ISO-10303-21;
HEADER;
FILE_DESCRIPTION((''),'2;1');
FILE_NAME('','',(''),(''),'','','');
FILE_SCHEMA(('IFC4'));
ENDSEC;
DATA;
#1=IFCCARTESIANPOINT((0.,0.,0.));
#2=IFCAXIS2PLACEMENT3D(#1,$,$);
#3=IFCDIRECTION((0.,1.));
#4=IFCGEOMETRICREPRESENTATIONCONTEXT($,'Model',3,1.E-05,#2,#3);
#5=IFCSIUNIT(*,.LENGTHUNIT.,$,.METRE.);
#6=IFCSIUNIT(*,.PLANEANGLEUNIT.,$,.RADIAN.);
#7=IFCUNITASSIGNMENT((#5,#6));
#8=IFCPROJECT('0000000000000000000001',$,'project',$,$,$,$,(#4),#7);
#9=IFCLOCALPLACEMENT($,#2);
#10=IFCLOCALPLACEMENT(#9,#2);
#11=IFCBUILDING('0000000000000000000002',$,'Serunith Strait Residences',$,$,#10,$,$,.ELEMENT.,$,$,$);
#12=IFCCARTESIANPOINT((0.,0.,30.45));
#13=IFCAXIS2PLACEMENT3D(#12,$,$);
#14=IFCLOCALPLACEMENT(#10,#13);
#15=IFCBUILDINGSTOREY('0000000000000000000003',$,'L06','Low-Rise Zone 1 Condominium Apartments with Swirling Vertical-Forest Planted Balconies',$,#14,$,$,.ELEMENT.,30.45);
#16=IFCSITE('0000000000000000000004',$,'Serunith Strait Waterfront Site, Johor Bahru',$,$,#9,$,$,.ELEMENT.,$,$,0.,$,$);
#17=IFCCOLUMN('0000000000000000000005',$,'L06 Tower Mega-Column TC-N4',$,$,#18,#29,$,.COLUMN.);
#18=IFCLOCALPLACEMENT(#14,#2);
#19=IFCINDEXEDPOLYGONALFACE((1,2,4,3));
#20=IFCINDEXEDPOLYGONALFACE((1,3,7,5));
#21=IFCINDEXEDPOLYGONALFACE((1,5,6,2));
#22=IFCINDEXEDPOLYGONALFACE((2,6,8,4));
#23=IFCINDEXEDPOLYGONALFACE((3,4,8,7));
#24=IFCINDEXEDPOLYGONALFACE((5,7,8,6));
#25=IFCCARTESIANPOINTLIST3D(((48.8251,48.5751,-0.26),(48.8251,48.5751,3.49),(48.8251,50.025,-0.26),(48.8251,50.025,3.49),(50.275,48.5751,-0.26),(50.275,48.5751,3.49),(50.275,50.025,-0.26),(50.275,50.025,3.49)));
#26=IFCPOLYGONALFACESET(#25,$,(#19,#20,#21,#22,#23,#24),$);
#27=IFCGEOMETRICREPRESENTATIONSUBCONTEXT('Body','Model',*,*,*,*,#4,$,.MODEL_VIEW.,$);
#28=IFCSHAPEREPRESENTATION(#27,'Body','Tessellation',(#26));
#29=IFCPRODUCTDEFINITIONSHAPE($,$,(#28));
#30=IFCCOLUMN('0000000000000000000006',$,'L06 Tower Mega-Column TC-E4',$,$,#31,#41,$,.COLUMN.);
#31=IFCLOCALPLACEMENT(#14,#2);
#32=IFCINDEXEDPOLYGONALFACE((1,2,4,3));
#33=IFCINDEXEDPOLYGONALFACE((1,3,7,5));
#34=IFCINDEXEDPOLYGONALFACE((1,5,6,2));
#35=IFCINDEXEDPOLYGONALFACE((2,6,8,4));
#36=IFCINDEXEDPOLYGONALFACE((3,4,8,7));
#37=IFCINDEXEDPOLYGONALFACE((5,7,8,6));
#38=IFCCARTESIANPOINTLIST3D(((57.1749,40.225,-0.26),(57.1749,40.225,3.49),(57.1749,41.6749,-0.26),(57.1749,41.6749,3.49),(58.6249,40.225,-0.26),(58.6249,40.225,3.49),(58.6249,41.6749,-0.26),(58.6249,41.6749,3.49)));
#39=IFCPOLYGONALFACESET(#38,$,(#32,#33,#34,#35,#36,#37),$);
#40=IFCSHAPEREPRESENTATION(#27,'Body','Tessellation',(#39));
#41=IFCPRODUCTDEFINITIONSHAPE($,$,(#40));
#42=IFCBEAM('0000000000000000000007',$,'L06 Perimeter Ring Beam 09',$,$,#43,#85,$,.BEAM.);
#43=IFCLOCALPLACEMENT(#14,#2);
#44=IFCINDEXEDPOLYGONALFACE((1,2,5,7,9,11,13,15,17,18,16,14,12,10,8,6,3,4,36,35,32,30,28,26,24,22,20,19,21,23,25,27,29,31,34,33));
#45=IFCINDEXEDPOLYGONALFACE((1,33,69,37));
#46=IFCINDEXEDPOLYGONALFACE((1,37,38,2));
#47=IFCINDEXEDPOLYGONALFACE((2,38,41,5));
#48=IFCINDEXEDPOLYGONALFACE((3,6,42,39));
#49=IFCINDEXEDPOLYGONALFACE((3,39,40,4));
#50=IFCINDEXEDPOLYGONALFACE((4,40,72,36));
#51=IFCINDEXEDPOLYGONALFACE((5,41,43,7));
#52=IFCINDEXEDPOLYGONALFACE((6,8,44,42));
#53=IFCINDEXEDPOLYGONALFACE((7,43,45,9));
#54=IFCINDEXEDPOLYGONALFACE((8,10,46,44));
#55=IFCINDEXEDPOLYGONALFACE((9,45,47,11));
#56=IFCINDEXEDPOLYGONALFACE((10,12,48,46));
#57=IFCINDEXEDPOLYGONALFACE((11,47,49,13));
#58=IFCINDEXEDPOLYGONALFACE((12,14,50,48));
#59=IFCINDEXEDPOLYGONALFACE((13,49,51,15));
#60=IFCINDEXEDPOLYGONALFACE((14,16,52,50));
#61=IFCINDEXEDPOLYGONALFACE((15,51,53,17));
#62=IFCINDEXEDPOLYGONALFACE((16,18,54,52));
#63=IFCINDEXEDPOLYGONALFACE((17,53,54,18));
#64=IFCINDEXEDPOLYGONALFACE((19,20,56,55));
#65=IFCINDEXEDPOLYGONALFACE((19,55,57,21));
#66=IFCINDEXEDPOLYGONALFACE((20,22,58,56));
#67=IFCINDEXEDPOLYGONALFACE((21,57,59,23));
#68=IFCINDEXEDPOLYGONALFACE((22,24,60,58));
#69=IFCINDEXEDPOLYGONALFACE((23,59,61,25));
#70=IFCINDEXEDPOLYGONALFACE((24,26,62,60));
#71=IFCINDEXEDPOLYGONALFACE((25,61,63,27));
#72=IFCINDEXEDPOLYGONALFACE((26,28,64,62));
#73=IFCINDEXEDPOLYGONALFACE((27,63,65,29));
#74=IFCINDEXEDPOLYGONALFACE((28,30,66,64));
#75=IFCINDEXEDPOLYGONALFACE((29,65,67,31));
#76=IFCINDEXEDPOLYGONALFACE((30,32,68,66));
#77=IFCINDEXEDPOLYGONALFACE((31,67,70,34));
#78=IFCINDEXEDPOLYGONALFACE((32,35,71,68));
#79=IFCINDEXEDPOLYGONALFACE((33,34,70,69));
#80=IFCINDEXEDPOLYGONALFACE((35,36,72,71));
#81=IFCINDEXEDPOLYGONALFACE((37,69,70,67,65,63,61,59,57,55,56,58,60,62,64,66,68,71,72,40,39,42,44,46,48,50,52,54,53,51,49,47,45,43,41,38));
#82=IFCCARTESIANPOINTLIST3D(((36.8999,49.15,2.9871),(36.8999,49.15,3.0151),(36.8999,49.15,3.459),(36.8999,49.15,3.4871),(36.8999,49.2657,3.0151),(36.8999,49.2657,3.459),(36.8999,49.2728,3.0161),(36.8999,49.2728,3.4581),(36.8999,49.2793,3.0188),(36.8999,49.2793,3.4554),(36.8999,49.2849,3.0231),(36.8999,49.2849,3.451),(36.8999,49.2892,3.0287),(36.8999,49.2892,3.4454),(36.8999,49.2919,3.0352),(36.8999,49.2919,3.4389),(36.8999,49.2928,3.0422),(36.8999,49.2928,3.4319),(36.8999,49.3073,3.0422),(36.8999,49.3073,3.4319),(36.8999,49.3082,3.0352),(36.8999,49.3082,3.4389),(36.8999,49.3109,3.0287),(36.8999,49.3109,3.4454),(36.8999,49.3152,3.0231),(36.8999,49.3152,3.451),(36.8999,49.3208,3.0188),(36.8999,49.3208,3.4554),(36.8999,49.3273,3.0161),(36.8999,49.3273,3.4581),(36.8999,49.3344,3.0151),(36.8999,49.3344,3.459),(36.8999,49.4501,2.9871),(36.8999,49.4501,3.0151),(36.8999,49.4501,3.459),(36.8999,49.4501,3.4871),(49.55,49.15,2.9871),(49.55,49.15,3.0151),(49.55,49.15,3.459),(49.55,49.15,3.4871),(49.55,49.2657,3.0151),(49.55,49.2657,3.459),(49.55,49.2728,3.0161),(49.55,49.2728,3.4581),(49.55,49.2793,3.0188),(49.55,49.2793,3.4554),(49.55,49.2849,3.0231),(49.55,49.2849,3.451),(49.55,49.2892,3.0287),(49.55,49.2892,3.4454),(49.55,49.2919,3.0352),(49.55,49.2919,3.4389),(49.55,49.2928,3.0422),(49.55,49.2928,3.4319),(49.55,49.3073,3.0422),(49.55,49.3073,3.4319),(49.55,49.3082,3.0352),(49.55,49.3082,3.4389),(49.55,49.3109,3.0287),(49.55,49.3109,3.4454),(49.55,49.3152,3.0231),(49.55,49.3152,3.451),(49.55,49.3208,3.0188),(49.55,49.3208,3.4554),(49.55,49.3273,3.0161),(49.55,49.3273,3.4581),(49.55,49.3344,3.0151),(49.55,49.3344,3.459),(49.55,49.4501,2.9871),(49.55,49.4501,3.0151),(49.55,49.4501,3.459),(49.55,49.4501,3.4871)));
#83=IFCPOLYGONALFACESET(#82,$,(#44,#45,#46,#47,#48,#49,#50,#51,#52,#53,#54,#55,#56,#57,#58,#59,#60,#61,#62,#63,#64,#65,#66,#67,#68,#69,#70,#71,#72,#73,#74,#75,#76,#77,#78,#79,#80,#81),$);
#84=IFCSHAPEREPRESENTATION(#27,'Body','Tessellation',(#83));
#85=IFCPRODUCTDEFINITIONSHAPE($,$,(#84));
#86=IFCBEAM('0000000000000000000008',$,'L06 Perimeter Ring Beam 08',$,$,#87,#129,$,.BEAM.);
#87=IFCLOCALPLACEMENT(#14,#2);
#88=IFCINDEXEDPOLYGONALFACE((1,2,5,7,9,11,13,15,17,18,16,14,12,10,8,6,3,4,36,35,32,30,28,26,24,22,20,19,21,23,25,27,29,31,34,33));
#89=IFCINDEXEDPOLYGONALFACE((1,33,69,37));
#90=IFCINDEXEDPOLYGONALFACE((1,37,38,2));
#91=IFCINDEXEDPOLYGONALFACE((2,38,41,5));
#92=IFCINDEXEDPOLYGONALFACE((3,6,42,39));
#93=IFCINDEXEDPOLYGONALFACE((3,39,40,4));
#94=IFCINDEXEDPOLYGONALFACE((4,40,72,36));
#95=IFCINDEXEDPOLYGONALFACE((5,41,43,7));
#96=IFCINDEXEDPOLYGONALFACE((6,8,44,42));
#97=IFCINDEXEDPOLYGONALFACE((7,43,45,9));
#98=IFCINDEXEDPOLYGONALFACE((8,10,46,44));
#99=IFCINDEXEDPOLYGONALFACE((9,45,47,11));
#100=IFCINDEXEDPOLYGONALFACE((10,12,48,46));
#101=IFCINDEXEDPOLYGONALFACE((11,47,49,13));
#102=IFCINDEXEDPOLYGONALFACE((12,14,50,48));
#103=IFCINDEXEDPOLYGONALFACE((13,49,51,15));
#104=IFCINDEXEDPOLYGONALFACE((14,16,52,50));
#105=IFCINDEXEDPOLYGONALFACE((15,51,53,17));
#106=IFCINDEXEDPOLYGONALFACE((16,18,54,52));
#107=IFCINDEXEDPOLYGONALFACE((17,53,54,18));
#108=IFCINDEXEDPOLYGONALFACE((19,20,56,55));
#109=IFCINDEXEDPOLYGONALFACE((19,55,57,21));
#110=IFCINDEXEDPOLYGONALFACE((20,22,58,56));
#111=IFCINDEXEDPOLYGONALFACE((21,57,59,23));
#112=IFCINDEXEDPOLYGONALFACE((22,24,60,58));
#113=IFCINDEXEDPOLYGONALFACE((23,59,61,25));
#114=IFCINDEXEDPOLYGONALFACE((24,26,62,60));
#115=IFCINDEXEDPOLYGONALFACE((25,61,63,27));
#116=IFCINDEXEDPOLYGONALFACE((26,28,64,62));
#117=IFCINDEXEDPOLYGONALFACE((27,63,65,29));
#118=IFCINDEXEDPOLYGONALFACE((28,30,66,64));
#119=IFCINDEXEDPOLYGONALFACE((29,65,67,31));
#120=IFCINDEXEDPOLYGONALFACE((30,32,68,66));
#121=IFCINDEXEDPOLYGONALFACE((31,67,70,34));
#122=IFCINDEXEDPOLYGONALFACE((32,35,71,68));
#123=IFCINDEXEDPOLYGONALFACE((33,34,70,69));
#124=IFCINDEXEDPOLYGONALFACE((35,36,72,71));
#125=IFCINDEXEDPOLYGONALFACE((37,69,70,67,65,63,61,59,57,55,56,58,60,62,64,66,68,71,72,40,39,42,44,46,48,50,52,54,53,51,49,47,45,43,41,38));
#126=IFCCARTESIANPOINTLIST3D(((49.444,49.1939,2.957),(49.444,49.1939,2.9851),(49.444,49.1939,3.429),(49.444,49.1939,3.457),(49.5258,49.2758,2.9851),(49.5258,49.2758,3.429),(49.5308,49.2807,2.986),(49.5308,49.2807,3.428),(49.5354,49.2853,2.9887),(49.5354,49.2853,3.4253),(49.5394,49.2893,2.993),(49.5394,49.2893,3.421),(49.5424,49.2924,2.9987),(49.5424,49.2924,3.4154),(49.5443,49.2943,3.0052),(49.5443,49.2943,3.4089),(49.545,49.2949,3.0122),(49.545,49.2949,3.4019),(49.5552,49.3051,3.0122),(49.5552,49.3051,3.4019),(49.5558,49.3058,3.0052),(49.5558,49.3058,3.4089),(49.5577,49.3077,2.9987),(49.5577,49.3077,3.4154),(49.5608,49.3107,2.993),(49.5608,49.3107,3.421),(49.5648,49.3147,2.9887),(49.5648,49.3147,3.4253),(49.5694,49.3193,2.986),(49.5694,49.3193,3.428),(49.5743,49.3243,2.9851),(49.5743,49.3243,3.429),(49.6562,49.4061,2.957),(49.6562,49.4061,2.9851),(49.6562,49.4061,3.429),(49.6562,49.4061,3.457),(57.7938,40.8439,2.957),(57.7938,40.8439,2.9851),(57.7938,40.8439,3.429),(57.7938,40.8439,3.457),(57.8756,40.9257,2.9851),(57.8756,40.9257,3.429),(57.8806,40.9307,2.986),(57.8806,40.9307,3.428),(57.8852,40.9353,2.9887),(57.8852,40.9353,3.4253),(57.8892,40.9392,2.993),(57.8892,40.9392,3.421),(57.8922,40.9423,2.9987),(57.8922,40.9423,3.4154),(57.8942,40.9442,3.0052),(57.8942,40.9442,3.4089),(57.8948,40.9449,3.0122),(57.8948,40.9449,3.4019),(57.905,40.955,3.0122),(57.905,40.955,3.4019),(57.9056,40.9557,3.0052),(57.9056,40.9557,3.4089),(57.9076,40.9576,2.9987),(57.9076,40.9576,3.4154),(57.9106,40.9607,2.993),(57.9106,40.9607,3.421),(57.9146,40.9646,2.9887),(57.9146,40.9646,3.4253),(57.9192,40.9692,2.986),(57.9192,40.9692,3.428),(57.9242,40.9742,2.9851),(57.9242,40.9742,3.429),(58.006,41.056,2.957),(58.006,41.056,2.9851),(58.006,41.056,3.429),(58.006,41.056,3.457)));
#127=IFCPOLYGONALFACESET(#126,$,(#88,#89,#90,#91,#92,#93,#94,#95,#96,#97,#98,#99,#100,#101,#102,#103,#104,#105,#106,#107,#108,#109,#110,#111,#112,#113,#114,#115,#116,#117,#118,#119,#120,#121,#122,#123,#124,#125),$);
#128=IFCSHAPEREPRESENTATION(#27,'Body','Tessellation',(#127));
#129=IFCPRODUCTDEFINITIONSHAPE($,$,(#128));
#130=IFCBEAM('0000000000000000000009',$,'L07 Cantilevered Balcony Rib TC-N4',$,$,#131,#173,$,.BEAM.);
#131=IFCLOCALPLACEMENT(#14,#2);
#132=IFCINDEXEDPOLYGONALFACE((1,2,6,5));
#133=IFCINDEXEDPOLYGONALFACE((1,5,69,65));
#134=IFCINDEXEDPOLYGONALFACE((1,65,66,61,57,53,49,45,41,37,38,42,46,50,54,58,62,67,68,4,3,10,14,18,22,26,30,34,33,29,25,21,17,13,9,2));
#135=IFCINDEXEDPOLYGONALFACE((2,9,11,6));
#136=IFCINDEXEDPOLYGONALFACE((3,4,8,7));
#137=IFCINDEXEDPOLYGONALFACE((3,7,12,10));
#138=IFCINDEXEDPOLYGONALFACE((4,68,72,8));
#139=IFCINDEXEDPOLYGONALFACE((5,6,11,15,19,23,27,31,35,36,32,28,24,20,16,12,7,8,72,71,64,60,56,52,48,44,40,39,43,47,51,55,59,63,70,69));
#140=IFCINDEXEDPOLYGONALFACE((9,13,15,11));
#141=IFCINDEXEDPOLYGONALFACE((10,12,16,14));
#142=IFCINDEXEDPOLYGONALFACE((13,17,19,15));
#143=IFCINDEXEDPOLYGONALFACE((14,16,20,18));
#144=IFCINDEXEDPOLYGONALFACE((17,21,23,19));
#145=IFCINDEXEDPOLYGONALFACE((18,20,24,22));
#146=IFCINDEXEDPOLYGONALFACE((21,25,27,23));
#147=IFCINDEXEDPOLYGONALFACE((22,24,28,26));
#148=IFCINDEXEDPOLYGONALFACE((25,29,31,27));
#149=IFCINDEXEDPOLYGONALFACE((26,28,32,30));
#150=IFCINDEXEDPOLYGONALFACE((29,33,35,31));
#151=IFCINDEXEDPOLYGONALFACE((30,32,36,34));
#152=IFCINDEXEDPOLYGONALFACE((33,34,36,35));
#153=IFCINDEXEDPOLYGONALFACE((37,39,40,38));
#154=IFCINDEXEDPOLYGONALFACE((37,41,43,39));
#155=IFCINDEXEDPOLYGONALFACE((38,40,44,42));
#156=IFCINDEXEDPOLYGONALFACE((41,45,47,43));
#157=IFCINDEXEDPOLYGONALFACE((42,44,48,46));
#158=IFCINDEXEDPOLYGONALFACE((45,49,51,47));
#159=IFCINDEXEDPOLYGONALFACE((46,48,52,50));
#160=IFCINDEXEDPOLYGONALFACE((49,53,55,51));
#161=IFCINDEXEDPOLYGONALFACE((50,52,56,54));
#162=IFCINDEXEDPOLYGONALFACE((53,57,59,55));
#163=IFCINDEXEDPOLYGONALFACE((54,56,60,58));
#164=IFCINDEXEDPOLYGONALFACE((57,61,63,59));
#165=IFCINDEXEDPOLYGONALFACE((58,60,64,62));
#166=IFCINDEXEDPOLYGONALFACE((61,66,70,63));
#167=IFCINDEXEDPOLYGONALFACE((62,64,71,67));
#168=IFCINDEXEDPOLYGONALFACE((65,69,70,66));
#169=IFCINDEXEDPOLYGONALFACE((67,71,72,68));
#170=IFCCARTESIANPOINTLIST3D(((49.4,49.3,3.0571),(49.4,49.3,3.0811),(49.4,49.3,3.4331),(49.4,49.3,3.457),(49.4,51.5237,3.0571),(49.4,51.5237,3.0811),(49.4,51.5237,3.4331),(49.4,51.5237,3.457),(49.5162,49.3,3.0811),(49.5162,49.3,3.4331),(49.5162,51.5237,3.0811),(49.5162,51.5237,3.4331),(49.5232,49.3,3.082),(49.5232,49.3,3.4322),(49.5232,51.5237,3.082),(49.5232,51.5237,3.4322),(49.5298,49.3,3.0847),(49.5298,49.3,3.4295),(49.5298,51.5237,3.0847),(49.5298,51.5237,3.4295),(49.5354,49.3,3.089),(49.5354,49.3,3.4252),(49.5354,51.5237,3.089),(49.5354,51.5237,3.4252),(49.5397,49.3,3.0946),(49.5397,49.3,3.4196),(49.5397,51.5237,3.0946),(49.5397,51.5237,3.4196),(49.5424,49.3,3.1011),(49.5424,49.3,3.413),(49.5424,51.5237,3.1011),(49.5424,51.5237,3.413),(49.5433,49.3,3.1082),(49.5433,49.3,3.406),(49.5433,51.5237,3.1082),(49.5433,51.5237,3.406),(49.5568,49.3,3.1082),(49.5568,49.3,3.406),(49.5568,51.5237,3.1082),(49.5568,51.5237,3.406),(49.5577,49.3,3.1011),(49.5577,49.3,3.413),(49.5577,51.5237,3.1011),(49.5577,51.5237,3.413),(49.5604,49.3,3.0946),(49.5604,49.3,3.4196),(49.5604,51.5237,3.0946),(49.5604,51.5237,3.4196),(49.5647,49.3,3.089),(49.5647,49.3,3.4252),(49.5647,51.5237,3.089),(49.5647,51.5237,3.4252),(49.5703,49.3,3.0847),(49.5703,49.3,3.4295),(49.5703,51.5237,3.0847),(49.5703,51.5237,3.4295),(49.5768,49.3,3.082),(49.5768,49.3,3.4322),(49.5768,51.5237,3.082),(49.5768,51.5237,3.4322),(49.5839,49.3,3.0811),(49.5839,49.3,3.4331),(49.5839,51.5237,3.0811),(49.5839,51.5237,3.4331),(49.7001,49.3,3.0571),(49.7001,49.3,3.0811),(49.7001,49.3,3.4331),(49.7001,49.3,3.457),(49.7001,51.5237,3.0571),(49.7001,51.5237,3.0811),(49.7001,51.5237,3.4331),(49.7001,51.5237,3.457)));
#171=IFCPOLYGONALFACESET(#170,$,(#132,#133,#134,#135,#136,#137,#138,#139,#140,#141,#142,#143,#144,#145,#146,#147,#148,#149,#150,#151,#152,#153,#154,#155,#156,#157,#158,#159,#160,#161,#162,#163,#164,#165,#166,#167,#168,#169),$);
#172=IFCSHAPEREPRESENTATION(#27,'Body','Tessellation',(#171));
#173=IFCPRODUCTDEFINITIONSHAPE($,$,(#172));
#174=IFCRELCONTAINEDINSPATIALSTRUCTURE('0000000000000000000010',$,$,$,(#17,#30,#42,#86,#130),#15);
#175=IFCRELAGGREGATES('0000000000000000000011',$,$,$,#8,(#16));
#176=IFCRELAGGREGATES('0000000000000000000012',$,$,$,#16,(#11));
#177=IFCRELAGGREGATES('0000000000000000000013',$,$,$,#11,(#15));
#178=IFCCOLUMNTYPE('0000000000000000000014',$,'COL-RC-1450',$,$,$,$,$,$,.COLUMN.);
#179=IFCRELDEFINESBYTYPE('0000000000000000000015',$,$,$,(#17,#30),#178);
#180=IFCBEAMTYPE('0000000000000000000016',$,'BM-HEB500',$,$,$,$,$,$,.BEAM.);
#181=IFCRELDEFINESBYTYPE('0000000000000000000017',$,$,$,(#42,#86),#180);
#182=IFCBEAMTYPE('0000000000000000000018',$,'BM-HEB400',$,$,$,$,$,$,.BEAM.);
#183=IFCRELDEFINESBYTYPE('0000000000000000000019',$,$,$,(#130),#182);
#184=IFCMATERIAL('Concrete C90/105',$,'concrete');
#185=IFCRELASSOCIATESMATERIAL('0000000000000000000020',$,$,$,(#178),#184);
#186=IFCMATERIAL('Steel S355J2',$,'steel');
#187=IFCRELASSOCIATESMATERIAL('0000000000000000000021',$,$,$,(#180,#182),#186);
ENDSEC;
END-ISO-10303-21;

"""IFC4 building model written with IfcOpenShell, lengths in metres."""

from ifc_helpers import new_model, si_unit, direction, frame, origin, origin_2d, place, context, subcontext, project, spatial, rectangle, i_section, extrude, source, transform, mapped, material, material_profile, profile_set, type_object, element, save


model = new_model("IFC4")

# Units and contexts
model_context = context("Model", 3, precision=1e-05, world=origin(), true_north=direction((0.0, 1.0)))
body_context = subcontext(model_context, "Body", "Model", "MODEL_VIEW")
ifc_project = project(units=[si_unit("LENGTHUNIT", "METRE"), si_unit("PLANEANGLEUNIT", "RADIAN")], contexts=[model_context])

# Site, building, storey
site_placement = place(None, origin())
site = spatial("IfcSite", under=ifc_project, at=site_placement, Name="Serunith Strait Waterfront Site, Johor Bahru", CompositionType="ELEMENT", RefElevation=0.0)
building_placement = place(site_placement, origin())
building = spatial("IfcBuilding", under=site, at=building_placement, Name="Serunith Strait Residences", CompositionType="ELEMENT")
storey_placement = place(building_placement, frame((0.0, 0.0, 30.45)))
storey = spatial("IfcBuildingStorey", under=building, at=storey_placement, Name="L06", Description="Low-Rise Zone 1 Condominium Apartments with Swirling Vertical-Forest Planted Balconies", CompositionType="ELEMENT", Elevation=30.45)

# Columns
ifc_material_1 = material(Name="Concrete C90/105", Category="concrete")
ifc_material_profile_1 = material_profile(ifc_material_1, rectangle(XDim=1.45, YDim=1.45, at=origin_2d()), Name="RC 1450x1450")
ifc_profile_set_1 = profile_set([ifc_material_profile_1], Name="Concrete C90/105")
column_type = type_object("IfcColumnType", Name="COL-RC-1450", PredefinedType="COLUMN", material=ifc_profile_set_1)
shared_shape_1 = source(origin(), body_context, "Body", "SweptSolid", [
    extrude(rectangle(XDim=1.45, YDim=1.45, at=origin_2d()), origin(), (0.0, 0.0, 1.0), 3.75),
])
for number, where, z_axis, x_axis, name in (
    (1, (49.55, 49.3, -0.26), (0.0, 0.0, 1.0), (1.0, 0.0, 0.0), "L06 Tower Mega-Column TC-N4"),
    (2, (57.8999, 40.95, -0.26), (0.0, 0.0, 1.0), (1.0, 0.0, 0.0), "L06 Tower Mega-Column TC-E4"),
):
    element("IfcColumn", number, at=place(storey_placement, frame(where, z_axis=z_axis, x_axis=x_axis)), inside=storey, type_object=column_type, Name=name, PredefinedType="COLUMN", context=body_context, shape_type="MappedRepresentation", body=[
        mapped(shared_shape_1, transform((0.0, 0.0, 0.0), scale=1.0)),
    ])

# Beams
ifc_material_2 = material(Name="Steel S355J2", Category="steel")
ifc_material_profile_2 = material_profile(ifc_material_2, i_section(OverallWidth=0.3, OverallDepth=0.5, WebThickness=0.0144, FlangeThickness=0.0281, FilletRadius=0.0271, at=origin_2d()), Name="HEB 500")
ifc_profile_set_2 = profile_set([ifc_material_profile_2], Name="Steel S355J2")
beam_type_1 = type_object("IfcBeamType", Name="BM-HEB500", PredefinedType="BEAM", material=ifc_profile_set_2)
shared_shape_2 = source(origin(), body_context, "Body", "SweptSolid", [
    extrude(i_section(OverallWidth=0.3, OverallDepth=0.5, WebThickness=0.0144, FlangeThickness=0.0281, FilletRadius=0.0271, at=origin_2d()), origin(), (0.0, 0.0, 1.0), 12.6501),
])
beam_1_placement = place(storey_placement, frame((49.55, 49.3, 3.2371), z_axis=(-1.0, 0.0, 0.0), x_axis=(0.0, -1.0, 0.0)))
element("IfcBeam", 3, at=beam_1_placement, inside=storey, type_object=beam_type_1, Name="L06 Perimeter Ring Beam 09", PredefinedType="BEAM", context=body_context, shape_type="MappedRepresentation", body=[
    mapped(shared_shape_2, transform((0.0, 0.0, 0.0), scale=1.0)),
])
shared_shape_3 = source(origin(), body_context, "Body", "SweptSolid", [
    extrude(i_section(OverallWidth=0.3, OverallDepth=0.5, WebThickness=0.0144, FlangeThickness=0.0281, FilletRadius=0.0271, at=origin_2d()), origin(), (0.0, 0.0, 1.0), 11.8086),
])
beam_2_placement = place(storey_placement, frame((57.8999, 40.95, 3.207), z_axis=(-0.707096, 0.707117, 0.0), x_axis=(-0.707117, -0.707096, 0.0)))
element("IfcBeam", 4, at=beam_2_placement, inside=storey, type_object=beam_type_1, Name="L06 Perimeter Ring Beam 08", PredefinedType="BEAM", context=body_context, shape_type="MappedRepresentation", body=[
    mapped(shared_shape_3, transform((0.0, 0.0, 0.0), scale=1.0)),
])
ifc_material_profile_3 = material_profile(ifc_material_2, i_section(OverallWidth=0.3, OverallDepth=0.3999, WebThickness=0.0134, FlangeThickness=0.0239, FilletRadius=0.0271, at=origin_2d()), Name="HEB 400")
ifc_profile_set_3 = profile_set([ifc_material_profile_3], Name="Steel S355J2")
beam_type_2 = type_object("IfcBeamType", Name="BM-HEB400", PredefinedType="BEAM", material=ifc_profile_set_3)
shared_shape_4 = source(origin(), body_context, "Body", "SweptSolid", [
    extrude(i_section(OverallWidth=0.3, OverallDepth=0.3999, WebThickness=0.0134, FlangeThickness=0.0239, FilletRadius=0.0271, at=origin_2d()), origin(), (0.0, 0.0, 1.0), 2.2236),
])
beam_3_placement = place(storey_placement, frame((49.55, 49.3, 3.2571), z_axis=(0.0, 1.0, 0.0), x_axis=(-1.0, 0.0, 0.0)))
element("IfcBeam", 5, at=beam_3_placement, inside=storey, type_object=beam_type_2, Name="L07 Cantilevered Balcony Rib TC-N4", PredefinedType="BEAM", context=body_context, shape_type="MappedRepresentation", body=[
    mapped(shared_shape_4, transform((0.0, 0.0, 0.0), scale=1.0)),
])

save(model, "model.ifc")
